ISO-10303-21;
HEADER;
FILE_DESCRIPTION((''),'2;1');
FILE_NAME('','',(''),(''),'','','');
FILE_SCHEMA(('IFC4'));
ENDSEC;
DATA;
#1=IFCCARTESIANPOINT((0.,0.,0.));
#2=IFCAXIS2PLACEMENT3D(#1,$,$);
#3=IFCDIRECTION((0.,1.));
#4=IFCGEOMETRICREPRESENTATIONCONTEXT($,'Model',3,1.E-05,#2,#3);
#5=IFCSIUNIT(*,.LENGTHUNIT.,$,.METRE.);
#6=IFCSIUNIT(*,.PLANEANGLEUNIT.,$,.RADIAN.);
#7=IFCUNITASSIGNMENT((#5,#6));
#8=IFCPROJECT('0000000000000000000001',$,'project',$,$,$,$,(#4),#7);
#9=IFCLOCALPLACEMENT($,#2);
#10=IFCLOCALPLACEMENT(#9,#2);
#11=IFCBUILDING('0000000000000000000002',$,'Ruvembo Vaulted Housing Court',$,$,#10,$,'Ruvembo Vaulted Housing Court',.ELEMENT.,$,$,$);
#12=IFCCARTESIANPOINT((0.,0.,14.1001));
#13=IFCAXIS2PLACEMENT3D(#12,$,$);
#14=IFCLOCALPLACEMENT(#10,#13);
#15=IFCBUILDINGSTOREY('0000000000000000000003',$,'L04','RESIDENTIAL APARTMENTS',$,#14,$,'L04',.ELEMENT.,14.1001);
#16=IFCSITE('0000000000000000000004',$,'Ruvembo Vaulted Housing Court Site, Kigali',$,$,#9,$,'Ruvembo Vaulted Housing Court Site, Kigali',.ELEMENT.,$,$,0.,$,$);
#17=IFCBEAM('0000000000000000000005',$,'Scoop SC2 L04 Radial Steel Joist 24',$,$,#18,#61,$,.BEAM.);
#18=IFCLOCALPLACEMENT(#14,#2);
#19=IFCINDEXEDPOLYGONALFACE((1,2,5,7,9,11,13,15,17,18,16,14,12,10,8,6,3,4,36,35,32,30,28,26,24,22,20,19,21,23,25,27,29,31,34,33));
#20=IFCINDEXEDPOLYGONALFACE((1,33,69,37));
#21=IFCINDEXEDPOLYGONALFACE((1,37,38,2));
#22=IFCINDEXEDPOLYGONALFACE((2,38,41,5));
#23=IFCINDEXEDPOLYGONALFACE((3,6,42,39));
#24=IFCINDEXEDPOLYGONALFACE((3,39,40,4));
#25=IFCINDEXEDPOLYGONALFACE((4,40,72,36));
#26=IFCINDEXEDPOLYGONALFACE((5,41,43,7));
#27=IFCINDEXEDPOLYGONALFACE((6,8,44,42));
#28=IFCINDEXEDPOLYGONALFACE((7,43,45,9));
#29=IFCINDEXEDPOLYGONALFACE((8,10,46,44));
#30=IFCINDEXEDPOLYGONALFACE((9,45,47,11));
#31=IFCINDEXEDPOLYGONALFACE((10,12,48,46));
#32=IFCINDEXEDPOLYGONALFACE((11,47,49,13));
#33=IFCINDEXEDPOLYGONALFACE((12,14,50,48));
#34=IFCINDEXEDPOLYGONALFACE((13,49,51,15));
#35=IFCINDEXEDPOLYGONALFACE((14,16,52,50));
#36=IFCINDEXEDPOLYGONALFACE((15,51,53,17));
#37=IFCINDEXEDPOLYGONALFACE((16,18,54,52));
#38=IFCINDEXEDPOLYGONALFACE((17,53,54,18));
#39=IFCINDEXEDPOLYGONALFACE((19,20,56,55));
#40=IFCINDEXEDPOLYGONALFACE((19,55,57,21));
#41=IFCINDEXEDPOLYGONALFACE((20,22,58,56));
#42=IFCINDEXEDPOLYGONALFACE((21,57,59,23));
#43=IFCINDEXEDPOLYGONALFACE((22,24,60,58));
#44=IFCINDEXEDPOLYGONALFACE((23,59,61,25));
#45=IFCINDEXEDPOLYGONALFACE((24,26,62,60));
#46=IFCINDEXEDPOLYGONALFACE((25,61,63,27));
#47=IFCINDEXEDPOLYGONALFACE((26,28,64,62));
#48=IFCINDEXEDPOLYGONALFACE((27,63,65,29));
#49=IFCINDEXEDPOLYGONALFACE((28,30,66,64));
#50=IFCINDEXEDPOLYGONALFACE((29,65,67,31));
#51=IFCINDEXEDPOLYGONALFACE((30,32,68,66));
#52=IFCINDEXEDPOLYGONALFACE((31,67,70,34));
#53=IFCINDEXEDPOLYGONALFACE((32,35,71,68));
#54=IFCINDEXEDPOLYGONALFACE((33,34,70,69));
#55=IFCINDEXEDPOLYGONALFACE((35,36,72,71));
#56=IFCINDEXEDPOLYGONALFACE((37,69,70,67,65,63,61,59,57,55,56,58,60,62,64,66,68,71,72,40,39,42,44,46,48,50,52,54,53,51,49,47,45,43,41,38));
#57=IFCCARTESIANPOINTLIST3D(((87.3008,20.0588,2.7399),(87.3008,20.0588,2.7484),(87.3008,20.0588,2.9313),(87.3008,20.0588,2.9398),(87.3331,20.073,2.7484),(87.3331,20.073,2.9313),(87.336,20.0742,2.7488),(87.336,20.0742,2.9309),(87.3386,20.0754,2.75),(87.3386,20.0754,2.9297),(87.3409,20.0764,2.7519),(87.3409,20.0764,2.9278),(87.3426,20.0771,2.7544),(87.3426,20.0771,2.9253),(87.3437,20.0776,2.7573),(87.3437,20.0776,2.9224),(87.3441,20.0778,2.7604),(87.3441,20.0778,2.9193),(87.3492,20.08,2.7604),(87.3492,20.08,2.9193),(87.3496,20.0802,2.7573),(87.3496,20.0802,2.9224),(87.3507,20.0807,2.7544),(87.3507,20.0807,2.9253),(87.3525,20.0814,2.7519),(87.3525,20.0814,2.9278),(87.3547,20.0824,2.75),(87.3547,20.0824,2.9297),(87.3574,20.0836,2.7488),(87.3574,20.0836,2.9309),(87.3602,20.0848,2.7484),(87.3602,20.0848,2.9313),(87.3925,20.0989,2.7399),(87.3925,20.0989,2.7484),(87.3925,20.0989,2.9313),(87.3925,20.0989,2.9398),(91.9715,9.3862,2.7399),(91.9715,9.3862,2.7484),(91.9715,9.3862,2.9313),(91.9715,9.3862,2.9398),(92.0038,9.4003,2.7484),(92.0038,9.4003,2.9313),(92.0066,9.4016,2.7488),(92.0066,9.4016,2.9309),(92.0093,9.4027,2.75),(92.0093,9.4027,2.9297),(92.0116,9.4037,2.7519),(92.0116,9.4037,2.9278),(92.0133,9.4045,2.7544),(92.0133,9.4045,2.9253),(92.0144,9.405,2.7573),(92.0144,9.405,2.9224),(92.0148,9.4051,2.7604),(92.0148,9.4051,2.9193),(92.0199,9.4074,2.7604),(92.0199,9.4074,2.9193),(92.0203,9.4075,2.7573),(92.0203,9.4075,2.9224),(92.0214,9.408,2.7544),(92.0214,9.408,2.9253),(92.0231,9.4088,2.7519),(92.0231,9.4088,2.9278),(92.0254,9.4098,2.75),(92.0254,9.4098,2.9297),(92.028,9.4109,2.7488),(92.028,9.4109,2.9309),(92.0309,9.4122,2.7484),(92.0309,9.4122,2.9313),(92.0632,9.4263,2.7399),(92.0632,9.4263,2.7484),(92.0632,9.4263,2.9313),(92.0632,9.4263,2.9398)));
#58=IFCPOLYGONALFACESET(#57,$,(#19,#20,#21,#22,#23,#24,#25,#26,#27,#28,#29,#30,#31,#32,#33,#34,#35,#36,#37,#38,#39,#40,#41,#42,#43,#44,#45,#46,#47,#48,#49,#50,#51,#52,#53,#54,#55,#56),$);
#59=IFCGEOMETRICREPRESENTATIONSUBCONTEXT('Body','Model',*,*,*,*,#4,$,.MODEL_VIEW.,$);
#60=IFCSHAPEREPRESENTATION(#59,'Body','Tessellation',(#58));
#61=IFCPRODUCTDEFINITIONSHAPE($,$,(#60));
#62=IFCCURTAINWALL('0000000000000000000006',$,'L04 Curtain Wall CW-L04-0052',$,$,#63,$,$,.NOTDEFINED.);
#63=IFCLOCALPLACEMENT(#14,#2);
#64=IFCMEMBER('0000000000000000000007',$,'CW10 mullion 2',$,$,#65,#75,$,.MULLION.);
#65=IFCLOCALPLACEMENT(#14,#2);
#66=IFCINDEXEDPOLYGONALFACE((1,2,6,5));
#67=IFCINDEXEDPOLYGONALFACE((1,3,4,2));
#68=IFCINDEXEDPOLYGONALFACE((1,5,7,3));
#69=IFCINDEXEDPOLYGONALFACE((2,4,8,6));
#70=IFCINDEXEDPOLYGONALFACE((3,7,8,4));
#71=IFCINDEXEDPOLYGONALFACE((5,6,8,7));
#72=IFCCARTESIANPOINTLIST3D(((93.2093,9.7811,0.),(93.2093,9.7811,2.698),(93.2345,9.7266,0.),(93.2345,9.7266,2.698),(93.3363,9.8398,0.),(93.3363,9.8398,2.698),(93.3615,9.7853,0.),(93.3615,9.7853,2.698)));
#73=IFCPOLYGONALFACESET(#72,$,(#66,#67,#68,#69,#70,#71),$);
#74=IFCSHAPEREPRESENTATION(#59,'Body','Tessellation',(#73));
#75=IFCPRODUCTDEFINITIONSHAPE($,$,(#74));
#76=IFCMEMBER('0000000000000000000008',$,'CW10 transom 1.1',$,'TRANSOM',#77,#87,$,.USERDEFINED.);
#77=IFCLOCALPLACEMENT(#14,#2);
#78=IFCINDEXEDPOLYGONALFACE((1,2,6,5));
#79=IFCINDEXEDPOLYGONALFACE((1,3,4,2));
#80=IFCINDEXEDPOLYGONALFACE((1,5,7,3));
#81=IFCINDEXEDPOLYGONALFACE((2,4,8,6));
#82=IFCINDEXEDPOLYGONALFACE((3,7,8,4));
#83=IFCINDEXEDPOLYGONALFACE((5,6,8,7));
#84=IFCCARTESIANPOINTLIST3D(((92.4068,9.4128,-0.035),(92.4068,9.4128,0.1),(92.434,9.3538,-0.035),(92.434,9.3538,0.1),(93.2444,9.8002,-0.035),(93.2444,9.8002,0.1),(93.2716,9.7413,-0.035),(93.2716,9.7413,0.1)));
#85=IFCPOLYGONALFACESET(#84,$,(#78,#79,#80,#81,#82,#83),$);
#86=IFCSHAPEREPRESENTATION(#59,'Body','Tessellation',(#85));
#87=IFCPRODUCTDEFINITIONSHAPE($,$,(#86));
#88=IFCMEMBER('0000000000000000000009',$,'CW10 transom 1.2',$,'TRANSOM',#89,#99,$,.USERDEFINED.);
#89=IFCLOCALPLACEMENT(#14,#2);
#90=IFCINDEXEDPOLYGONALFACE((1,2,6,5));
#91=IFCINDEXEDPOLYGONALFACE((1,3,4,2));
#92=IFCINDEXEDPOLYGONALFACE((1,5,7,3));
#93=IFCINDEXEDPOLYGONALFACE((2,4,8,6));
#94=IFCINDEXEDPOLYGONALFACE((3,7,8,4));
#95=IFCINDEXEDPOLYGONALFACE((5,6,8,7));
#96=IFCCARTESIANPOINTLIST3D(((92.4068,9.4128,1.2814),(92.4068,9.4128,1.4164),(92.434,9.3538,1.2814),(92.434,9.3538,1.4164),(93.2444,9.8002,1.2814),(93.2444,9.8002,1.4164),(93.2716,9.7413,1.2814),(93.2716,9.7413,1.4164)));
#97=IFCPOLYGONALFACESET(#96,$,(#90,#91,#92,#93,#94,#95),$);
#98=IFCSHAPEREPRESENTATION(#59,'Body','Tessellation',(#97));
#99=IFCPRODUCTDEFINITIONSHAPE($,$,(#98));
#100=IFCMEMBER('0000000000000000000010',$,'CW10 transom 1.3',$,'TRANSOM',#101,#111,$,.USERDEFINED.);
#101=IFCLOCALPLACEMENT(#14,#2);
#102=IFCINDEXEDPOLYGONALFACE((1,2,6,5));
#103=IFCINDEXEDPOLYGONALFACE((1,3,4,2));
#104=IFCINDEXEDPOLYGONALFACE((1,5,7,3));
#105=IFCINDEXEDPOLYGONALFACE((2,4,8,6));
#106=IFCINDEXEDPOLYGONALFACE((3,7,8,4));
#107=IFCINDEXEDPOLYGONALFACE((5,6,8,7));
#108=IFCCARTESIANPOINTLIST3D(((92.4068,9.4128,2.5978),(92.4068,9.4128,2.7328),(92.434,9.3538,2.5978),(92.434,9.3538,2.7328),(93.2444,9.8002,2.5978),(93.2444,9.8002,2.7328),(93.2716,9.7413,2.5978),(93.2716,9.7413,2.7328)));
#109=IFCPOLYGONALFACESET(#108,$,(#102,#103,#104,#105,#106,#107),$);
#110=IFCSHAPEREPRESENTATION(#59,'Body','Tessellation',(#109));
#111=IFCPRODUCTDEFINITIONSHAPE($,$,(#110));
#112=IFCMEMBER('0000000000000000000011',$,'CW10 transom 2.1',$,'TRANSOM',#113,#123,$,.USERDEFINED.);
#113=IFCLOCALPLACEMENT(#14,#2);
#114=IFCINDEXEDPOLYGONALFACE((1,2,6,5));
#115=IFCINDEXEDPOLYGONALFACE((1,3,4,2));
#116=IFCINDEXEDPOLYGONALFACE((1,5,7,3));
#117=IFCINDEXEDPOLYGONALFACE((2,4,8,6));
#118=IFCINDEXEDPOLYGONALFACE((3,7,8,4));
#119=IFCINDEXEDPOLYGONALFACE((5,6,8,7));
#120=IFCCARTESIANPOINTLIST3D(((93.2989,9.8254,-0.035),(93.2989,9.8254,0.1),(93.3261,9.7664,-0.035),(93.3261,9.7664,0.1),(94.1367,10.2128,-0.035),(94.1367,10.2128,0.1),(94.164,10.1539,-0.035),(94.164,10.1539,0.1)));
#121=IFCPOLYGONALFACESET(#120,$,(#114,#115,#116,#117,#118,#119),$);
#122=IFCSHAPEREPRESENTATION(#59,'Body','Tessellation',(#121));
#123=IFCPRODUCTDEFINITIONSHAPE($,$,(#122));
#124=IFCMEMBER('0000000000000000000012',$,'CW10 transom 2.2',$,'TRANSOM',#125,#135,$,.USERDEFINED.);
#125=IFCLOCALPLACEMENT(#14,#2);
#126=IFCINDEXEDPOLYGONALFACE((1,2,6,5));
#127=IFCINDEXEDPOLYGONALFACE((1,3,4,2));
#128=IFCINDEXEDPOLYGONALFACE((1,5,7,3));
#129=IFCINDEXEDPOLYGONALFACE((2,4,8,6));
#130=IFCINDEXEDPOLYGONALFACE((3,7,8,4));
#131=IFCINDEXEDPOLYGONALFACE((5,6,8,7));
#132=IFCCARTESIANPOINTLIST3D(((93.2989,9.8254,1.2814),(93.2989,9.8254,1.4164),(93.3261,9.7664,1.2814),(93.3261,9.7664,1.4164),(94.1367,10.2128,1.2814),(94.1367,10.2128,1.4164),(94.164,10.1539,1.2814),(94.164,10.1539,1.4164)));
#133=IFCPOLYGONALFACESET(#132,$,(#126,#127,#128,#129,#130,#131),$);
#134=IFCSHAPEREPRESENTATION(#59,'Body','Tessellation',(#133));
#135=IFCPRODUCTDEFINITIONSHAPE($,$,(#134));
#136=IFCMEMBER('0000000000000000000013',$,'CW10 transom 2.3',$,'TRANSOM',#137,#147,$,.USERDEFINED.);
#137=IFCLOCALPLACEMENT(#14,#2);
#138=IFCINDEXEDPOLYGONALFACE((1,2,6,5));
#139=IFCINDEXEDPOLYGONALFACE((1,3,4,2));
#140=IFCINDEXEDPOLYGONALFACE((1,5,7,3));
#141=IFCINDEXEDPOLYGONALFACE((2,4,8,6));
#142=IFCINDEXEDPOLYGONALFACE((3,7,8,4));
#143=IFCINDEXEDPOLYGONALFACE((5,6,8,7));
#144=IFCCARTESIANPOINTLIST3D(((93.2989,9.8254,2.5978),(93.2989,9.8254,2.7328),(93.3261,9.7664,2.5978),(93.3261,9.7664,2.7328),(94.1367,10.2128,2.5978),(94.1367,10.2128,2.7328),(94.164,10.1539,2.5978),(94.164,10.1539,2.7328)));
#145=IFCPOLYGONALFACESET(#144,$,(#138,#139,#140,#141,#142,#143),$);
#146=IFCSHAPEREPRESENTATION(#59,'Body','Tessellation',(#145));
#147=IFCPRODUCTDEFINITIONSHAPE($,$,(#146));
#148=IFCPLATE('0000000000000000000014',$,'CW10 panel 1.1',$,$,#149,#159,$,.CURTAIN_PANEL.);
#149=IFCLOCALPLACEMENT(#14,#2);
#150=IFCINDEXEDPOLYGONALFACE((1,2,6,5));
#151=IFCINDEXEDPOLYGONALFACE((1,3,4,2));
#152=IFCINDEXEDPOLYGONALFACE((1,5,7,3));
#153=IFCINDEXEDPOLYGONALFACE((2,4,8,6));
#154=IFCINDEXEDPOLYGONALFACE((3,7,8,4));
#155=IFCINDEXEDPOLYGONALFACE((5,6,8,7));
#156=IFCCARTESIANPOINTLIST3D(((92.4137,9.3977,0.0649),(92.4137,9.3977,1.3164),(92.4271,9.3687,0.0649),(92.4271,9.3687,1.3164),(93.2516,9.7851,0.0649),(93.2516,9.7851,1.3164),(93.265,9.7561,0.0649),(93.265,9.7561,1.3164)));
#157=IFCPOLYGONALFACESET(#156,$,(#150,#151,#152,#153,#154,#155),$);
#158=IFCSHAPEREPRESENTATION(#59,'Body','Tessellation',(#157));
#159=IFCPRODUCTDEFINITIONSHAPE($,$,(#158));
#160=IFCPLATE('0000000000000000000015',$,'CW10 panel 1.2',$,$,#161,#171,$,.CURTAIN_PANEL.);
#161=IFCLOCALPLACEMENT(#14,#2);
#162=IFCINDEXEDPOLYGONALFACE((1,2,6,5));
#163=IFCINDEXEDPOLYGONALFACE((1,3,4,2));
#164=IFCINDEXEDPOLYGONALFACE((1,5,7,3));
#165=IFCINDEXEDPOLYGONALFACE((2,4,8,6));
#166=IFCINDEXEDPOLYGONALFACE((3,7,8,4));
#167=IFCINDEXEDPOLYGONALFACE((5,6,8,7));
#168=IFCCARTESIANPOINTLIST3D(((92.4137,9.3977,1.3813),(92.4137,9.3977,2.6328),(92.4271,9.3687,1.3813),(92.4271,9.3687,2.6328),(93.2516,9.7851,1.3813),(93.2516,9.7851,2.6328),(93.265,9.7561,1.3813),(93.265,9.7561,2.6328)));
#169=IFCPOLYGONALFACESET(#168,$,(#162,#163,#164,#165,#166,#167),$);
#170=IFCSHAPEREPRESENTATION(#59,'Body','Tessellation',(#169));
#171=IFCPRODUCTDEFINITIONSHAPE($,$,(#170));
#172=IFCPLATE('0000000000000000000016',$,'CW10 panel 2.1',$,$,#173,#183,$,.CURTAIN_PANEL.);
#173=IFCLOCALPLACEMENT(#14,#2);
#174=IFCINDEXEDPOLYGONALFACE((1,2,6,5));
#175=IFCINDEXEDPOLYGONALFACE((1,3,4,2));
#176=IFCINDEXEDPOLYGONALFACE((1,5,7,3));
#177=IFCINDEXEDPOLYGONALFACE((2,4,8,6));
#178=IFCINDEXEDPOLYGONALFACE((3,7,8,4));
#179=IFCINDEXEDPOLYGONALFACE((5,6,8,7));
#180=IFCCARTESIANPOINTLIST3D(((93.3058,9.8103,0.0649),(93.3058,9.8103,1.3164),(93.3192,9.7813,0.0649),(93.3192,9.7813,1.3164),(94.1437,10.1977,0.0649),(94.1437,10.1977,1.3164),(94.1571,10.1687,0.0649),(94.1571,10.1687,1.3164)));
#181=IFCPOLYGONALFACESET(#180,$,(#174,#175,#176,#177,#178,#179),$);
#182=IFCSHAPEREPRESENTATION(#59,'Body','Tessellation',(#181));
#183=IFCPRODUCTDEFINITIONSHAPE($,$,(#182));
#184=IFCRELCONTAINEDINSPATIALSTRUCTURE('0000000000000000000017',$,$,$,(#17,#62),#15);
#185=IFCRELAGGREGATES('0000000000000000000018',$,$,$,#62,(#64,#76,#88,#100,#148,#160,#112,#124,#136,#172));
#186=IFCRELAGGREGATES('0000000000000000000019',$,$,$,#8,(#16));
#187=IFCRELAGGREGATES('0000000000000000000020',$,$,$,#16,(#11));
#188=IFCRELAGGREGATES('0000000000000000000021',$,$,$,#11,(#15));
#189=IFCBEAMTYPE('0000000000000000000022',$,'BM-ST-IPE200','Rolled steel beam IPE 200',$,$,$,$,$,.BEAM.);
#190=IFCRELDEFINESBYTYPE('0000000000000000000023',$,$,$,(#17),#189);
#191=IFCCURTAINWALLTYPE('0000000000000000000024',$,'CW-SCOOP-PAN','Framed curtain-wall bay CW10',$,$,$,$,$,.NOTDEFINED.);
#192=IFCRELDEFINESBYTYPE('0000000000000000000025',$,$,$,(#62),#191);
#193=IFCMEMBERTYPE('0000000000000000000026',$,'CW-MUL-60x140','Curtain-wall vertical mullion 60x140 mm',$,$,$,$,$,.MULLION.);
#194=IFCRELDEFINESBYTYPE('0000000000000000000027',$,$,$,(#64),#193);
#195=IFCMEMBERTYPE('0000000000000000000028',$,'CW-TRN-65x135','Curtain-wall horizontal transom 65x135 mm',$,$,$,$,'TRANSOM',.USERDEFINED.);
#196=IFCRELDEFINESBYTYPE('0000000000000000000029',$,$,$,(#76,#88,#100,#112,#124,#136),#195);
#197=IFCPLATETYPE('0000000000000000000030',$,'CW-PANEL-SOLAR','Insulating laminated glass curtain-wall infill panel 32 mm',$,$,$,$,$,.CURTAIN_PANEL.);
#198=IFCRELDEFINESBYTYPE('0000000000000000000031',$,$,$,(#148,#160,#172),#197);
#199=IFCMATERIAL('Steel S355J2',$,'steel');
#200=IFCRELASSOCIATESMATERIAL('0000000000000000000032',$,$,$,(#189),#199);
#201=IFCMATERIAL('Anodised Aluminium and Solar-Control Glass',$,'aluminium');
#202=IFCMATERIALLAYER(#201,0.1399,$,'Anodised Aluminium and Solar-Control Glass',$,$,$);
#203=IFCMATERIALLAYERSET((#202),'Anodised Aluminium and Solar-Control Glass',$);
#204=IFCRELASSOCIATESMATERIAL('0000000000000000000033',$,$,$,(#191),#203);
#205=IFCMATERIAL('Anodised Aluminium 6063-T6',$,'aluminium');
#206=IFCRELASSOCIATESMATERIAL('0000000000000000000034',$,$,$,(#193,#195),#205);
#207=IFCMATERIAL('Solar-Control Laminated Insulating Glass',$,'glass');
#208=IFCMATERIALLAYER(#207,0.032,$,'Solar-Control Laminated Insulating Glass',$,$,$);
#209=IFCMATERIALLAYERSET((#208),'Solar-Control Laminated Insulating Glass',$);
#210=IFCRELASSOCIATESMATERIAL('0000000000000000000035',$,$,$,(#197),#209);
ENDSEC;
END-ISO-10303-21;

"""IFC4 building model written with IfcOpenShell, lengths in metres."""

from ifc_helpers import new_model, si_unit, direction, frame, origin, origin_2d, place, context, subcontext, project, spatial, rectangle, i_section, extrude, material, layer, layer_set, material_profile, profile_set, type_object, element, aggregate, save


model = new_model("IFC4")

# Units and contexts
model_context = context("Model", 3, precision=1e-05, world=origin(), true_north=direction((0.0, 1.0)))
body_context = subcontext(model_context, "Body", "Model", "MODEL_VIEW")
ifc_project = project(units=[si_unit("LENGTHUNIT", "METRE"), si_unit("PLANEANGLEUNIT", "RADIAN")], contexts=[model_context])

# Site, building, storey
site_placement = place(None, origin())
site = spatial("IfcSite", under=ifc_project, at=site_placement, Name="Ruvembo Vaulted Housing Court Site, Kigali", LongName="Ruvembo Vaulted Housing Court Site, Kigali", CompositionType="ELEMENT", RefElevation=0.0)
building_placement = place(site_placement, origin())
building = spatial("IfcBuilding", under=site, at=building_placement, Name="Ruvembo Vaulted Housing Court", LongName="Ruvembo Vaulted Housing Court", CompositionType="ELEMENT")
storey_placement = place(building_placement, frame((0.0, 0.0, 14.1001)))
storey = spatial("IfcBuildingStorey", under=building, at=storey_placement, Name="L04", Description="RESIDENTIAL APARTMENTS", LongName="L04", CompositionType="ELEMENT", Elevation=14.1001)

# Beam
ifc_material_1 = material(Name="Steel S355J2", Category="steel")
ifc_material_profile_1 = material_profile(ifc_material_1, i_section(OverallWidth=0.1001, OverallDepth=0.2, WebThickness=0.0056, FlangeThickness=0.0085, FilletRadius=0.012, at=origin_2d()), Name="IPE 200")
ifc_profile_set_1 = profile_set([ifc_material_profile_1], Name="Steel S355J2")
beam_type = type_object("IfcBeamType", Name="BM-ST-IPE200", Description="Rolled steel beam IPE 200", PredefinedType="BEAM", material=ifc_profile_set_1)
beam_placement = place(storey_placement, frame((92.0173, 9.4062, 2.8398), z_axis=(-0.400919, 0.916114, 0.0), x_axis=(-0.916114, -0.400919, 0.0)))
element("IfcBeam", 1, at=beam_placement, inside=storey, type_object=beam_type, Name="Scoop SC2 L04 Radial Steel Joist 24", PredefinedType="BEAM", context=body_context, shape_type="SweptSolid", body=[
    extrude(i_section(OverallWidth=0.1001, OverallDepth=0.2, WebThickness=0.0056, FlangeThickness=0.0085, FilletRadius=0.012, at=origin_2d()), origin(), (0.0, 0.0, 1.0), 11.6499),
])

# Curtain wall, members, plates
ifc_material_2 = material(Name="Anodised Aluminium and Solar-Control Glass", Category="aluminium")
ifc_layer_1 = layer(ifc_material_2, 0.1399, Name="Anodised Aluminium and Solar-Control Glass")
ifc_layer_set_1 = layer_set([ifc_layer_1], Name="Anodised Aluminium and Solar-Control Glass")
curtain_wall_type = type_object("IfcCurtainWallType", Name="CW-SCOOP-PAN", Description="Framed curtain-wall bay CW10", PredefinedType="NOTDEFINED", material=ifc_layer_set_1)
curtain_wall_placement = place(storey_placement, origin())
curtain_wall = element("IfcCurtainWall", 2, at=curtain_wall_placement, inside=storey, type_object=curtain_wall_type, Name="L04 Curtain Wall CW-L04-0052", PredefinedType="NOTDEFINED")
ifc_material_3 = material(Name="Anodised Aluminium 6063-T6", Category="aluminium")
ifc_material_profile_2 = material_profile(ifc_material_3, rectangle(XDim=0.0601, YDim=0.1399, at=origin_2d()), Name="ALU 60x140")
ifc_profile_set_2 = profile_set([ifc_material_profile_2], Name="Anodised Aluminium 6063-T6")
member_type_1 = type_object("IfcMemberType", Name="CW-MUL-60x140", Description="Curtain-wall vertical mullion 60x140 mm", PredefinedType="MULLION", material=ifc_profile_set_2)
member_1_placement = place(storey_placement, frame((93.2854, 9.7832, 0.0), z_axis=(0.0, 0.0, 1.0), x_axis=(-0.41974, 0.907644, 0.0)))
member_1 = element("IfcMember", 3, at=member_1_placement, type_object=member_type_1, Name="CW10 mullion 2", PredefinedType="MULLION", context=body_context, shape_type="SweptSolid", body=[
    extrude(rectangle(XDim=0.0601, YDim=0.1399, at=origin_2d()), origin(), (0.0, 0.0, 1.0), 2.698),
])
ifc_material_profile_3 = material_profile(ifc_material_3, rectangle(XDim=0.0649, YDim=0.135, at=origin_2d()), Name="ALU 65x135")
ifc_profile_set_3 = profile_set([ifc_material_profile_3], Name="Anodised Aluminium 6063-T6")
member_type_2 = type_object("IfcMemberType", Name="CW-TRN-65x135", Description="Curtain-wall horizontal transom 65x135 mm", ElementType="TRANSOM", PredefinedType="USERDEFINED", material=ifc_profile_set_3)
member_2_placement = place(storey_placement, frame((92.4204, 9.3833, 0.0325), z_axis=(0.907611, 0.419813, 0.0), x_axis=(-0.419813, 0.907611, 0.0)))
member_2 = element("IfcMember", 4, at=member_2_placement, type_object=member_type_2, Name="CW10 transom 1.1", ObjectType="TRANSOM", PredefinedType="USERDEFINED", context=body_context, shape_type="SweptSolid", body=[
    extrude(rectangle(XDim=0.0649, YDim=0.135, at=origin_2d()), origin(), (0.0, 0.0, 1.0), 0.9229),
])
member_3_placement = place(storey_placement, frame((92.4204, 9.3833, 1.3489), z_axis=(0.907611, 0.419813, 0.0), x_axis=(-0.419813, 0.907611, 0.0)))
member_3 = element("IfcMember", 5, at=member_3_placement, type_object=member_type_2, Name="CW10 transom 1.2", ObjectType="TRANSOM", PredefinedType="USERDEFINED", context=body_context, shape_type="SweptSolid", body=[
    extrude(rectangle(XDim=0.0649, YDim=0.135, at=origin_2d()), origin(), (0.0, 0.0, 1.0), 0.9229),
])
member_4_placement = place(storey_placement, frame((92.4204, 9.3833, 2.6653), z_axis=(0.907611, 0.419813, 0.0), x_axis=(-0.419813, 0.907611, 0.0)))
member_4 = element("IfcMember", 6, at=member_4_placement, type_object=member_type_2, Name="CW10 transom 1.3", ObjectType="TRANSOM", PredefinedType="USERDEFINED", context=body_context, shape_type="SweptSolid", body=[
    extrude(rectangle(XDim=0.0649, YDim=0.135, at=origin_2d()), origin(), (0.0, 0.0, 1.0), 0.9229),
])
member_5_placement = place(storey_placement, frame((93.3125, 9.7959, 0.0325), z_axis=(0.907657, 0.419712, 0.0), x_axis=(-0.419712, 0.907657, 0.0)))
member_5 = element("IfcMember", 7, at=member_5_placement, type_object=member_type_2, Name="CW10 transom 2.1", ObjectType="TRANSOM", PredefinedType="USERDEFINED", context=body_context, shape_type="SweptSolid", body=[
    extrude(rectangle(XDim=0.0649, YDim=0.135, at=origin_2d()), origin(), (0.0, 0.0, 1.0), 0.9231),
])
member_6_placement = place(storey_placement, frame((93.3125, 9.7959, 1.3489), z_axis=(0.907657, 0.419712, 0.0), x_axis=(-0.419712, 0.907657, 0.0)))
member_6 = element("IfcMember", 8, at=member_6_placement, type_object=member_type_2, Name="CW10 transom 2.2", ObjectType="TRANSOM", PredefinedType="USERDEFINED", context=body_context, shape_type="SweptSolid", body=[
    extrude(rectangle(XDim=0.0649, YDim=0.135, at=origin_2d()), origin(), (0.0, 0.0, 1.0), 0.9231),
])
member_7_placement = place(storey_placement, frame((93.3125, 9.7959, 2.6653), z_axis=(0.907657, 0.419712, 0.0), x_axis=(-0.419712, 0.907657, 0.0)))
member_7 = element("IfcMember", 9, at=member_7_placement, type_object=member_type_2, Name="CW10 transom 2.3", ObjectType="TRANSOM", PredefinedType="USERDEFINED", context=body_context, shape_type="SweptSolid", body=[
    extrude(rectangle(XDim=0.0649, YDim=0.135, at=origin_2d()), origin(), (0.0, 0.0, 1.0), 0.9231),
])
ifc_material_4 = material(Name="Solar-Control Laminated Insulating Glass", Category="glass")
ifc_layer_2 = layer(ifc_material_4, 0.032, Name="Solar-Control Laminated Insulating Glass")
ifc_layer_set_2 = layer_set([ifc_layer_2], Name="Solar-Control Laminated Insulating Glass")
plate_type = type_object("IfcPlateType", Name="CW-PANEL-SOLAR", Description="Insulating laminated glass curtain-wall infill panel 32 mm", PredefinedType="CURTAIN_PANEL", material=ifc_layer_set_2)
plate_1_placement = place(storey_placement, frame((92.8394, 9.5769, 0.0649), z_axis=(0.0, 0.0, 1.0), x_axis=(0.907644, 0.41974, 0.0)))
plate_1 = element("IfcPlate", 10, at=plate_1_placement, type_object=plate_type, Name="CW10 panel 1.1", PredefinedType="CURTAIN_PANEL", context=body_context, shape_type="SweptSolid", body=[
    extrude(rectangle(XDim=0.9231, YDim=0.032, at=origin_2d()), origin(), (0.0, 0.0, 1.0), 1.2515),
])
plate_2_placement = place(storey_placement, frame((92.8394, 9.5769, 1.3813), z_axis=(0.0, 0.0, 1.0), x_axis=(0.907644, 0.41974, 0.0)))
plate_2 = element("IfcPlate", 11, at=plate_2_placement, type_object=plate_type, Name="CW10 panel 1.2", PredefinedType="CURTAIN_PANEL", context=body_context, shape_type="SweptSolid", body=[
    extrude(rectangle(XDim=0.9231, YDim=0.032, at=origin_2d()), origin(), (0.0, 0.0, 1.0), 1.2515),
])
plate_3_placement = place(storey_placement, frame((93.7314, 9.9895, 0.0649), z_axis=(0.0, 0.0, 1.0), x_axis=(0.907644, 0.41974, 0.0)))
plate_3 = element("IfcPlate", 12, at=plate_3_placement, type_object=plate_type, Name="CW10 panel 2.1", PredefinedType="CURTAIN_PANEL", context=body_context, shape_type="SweptSolid", body=[
    extrude(rectangle(XDim=0.9231, YDim=0.032, at=origin_2d()), origin(), (0.0, 0.0, 1.0), 1.2515),
])
aggregate(curtain_wall, [member_1, member_2, member_3, member_4, plate_1, plate_2, member_5, member_6, member_7, plate_3])

save(model, "model.ifc")
